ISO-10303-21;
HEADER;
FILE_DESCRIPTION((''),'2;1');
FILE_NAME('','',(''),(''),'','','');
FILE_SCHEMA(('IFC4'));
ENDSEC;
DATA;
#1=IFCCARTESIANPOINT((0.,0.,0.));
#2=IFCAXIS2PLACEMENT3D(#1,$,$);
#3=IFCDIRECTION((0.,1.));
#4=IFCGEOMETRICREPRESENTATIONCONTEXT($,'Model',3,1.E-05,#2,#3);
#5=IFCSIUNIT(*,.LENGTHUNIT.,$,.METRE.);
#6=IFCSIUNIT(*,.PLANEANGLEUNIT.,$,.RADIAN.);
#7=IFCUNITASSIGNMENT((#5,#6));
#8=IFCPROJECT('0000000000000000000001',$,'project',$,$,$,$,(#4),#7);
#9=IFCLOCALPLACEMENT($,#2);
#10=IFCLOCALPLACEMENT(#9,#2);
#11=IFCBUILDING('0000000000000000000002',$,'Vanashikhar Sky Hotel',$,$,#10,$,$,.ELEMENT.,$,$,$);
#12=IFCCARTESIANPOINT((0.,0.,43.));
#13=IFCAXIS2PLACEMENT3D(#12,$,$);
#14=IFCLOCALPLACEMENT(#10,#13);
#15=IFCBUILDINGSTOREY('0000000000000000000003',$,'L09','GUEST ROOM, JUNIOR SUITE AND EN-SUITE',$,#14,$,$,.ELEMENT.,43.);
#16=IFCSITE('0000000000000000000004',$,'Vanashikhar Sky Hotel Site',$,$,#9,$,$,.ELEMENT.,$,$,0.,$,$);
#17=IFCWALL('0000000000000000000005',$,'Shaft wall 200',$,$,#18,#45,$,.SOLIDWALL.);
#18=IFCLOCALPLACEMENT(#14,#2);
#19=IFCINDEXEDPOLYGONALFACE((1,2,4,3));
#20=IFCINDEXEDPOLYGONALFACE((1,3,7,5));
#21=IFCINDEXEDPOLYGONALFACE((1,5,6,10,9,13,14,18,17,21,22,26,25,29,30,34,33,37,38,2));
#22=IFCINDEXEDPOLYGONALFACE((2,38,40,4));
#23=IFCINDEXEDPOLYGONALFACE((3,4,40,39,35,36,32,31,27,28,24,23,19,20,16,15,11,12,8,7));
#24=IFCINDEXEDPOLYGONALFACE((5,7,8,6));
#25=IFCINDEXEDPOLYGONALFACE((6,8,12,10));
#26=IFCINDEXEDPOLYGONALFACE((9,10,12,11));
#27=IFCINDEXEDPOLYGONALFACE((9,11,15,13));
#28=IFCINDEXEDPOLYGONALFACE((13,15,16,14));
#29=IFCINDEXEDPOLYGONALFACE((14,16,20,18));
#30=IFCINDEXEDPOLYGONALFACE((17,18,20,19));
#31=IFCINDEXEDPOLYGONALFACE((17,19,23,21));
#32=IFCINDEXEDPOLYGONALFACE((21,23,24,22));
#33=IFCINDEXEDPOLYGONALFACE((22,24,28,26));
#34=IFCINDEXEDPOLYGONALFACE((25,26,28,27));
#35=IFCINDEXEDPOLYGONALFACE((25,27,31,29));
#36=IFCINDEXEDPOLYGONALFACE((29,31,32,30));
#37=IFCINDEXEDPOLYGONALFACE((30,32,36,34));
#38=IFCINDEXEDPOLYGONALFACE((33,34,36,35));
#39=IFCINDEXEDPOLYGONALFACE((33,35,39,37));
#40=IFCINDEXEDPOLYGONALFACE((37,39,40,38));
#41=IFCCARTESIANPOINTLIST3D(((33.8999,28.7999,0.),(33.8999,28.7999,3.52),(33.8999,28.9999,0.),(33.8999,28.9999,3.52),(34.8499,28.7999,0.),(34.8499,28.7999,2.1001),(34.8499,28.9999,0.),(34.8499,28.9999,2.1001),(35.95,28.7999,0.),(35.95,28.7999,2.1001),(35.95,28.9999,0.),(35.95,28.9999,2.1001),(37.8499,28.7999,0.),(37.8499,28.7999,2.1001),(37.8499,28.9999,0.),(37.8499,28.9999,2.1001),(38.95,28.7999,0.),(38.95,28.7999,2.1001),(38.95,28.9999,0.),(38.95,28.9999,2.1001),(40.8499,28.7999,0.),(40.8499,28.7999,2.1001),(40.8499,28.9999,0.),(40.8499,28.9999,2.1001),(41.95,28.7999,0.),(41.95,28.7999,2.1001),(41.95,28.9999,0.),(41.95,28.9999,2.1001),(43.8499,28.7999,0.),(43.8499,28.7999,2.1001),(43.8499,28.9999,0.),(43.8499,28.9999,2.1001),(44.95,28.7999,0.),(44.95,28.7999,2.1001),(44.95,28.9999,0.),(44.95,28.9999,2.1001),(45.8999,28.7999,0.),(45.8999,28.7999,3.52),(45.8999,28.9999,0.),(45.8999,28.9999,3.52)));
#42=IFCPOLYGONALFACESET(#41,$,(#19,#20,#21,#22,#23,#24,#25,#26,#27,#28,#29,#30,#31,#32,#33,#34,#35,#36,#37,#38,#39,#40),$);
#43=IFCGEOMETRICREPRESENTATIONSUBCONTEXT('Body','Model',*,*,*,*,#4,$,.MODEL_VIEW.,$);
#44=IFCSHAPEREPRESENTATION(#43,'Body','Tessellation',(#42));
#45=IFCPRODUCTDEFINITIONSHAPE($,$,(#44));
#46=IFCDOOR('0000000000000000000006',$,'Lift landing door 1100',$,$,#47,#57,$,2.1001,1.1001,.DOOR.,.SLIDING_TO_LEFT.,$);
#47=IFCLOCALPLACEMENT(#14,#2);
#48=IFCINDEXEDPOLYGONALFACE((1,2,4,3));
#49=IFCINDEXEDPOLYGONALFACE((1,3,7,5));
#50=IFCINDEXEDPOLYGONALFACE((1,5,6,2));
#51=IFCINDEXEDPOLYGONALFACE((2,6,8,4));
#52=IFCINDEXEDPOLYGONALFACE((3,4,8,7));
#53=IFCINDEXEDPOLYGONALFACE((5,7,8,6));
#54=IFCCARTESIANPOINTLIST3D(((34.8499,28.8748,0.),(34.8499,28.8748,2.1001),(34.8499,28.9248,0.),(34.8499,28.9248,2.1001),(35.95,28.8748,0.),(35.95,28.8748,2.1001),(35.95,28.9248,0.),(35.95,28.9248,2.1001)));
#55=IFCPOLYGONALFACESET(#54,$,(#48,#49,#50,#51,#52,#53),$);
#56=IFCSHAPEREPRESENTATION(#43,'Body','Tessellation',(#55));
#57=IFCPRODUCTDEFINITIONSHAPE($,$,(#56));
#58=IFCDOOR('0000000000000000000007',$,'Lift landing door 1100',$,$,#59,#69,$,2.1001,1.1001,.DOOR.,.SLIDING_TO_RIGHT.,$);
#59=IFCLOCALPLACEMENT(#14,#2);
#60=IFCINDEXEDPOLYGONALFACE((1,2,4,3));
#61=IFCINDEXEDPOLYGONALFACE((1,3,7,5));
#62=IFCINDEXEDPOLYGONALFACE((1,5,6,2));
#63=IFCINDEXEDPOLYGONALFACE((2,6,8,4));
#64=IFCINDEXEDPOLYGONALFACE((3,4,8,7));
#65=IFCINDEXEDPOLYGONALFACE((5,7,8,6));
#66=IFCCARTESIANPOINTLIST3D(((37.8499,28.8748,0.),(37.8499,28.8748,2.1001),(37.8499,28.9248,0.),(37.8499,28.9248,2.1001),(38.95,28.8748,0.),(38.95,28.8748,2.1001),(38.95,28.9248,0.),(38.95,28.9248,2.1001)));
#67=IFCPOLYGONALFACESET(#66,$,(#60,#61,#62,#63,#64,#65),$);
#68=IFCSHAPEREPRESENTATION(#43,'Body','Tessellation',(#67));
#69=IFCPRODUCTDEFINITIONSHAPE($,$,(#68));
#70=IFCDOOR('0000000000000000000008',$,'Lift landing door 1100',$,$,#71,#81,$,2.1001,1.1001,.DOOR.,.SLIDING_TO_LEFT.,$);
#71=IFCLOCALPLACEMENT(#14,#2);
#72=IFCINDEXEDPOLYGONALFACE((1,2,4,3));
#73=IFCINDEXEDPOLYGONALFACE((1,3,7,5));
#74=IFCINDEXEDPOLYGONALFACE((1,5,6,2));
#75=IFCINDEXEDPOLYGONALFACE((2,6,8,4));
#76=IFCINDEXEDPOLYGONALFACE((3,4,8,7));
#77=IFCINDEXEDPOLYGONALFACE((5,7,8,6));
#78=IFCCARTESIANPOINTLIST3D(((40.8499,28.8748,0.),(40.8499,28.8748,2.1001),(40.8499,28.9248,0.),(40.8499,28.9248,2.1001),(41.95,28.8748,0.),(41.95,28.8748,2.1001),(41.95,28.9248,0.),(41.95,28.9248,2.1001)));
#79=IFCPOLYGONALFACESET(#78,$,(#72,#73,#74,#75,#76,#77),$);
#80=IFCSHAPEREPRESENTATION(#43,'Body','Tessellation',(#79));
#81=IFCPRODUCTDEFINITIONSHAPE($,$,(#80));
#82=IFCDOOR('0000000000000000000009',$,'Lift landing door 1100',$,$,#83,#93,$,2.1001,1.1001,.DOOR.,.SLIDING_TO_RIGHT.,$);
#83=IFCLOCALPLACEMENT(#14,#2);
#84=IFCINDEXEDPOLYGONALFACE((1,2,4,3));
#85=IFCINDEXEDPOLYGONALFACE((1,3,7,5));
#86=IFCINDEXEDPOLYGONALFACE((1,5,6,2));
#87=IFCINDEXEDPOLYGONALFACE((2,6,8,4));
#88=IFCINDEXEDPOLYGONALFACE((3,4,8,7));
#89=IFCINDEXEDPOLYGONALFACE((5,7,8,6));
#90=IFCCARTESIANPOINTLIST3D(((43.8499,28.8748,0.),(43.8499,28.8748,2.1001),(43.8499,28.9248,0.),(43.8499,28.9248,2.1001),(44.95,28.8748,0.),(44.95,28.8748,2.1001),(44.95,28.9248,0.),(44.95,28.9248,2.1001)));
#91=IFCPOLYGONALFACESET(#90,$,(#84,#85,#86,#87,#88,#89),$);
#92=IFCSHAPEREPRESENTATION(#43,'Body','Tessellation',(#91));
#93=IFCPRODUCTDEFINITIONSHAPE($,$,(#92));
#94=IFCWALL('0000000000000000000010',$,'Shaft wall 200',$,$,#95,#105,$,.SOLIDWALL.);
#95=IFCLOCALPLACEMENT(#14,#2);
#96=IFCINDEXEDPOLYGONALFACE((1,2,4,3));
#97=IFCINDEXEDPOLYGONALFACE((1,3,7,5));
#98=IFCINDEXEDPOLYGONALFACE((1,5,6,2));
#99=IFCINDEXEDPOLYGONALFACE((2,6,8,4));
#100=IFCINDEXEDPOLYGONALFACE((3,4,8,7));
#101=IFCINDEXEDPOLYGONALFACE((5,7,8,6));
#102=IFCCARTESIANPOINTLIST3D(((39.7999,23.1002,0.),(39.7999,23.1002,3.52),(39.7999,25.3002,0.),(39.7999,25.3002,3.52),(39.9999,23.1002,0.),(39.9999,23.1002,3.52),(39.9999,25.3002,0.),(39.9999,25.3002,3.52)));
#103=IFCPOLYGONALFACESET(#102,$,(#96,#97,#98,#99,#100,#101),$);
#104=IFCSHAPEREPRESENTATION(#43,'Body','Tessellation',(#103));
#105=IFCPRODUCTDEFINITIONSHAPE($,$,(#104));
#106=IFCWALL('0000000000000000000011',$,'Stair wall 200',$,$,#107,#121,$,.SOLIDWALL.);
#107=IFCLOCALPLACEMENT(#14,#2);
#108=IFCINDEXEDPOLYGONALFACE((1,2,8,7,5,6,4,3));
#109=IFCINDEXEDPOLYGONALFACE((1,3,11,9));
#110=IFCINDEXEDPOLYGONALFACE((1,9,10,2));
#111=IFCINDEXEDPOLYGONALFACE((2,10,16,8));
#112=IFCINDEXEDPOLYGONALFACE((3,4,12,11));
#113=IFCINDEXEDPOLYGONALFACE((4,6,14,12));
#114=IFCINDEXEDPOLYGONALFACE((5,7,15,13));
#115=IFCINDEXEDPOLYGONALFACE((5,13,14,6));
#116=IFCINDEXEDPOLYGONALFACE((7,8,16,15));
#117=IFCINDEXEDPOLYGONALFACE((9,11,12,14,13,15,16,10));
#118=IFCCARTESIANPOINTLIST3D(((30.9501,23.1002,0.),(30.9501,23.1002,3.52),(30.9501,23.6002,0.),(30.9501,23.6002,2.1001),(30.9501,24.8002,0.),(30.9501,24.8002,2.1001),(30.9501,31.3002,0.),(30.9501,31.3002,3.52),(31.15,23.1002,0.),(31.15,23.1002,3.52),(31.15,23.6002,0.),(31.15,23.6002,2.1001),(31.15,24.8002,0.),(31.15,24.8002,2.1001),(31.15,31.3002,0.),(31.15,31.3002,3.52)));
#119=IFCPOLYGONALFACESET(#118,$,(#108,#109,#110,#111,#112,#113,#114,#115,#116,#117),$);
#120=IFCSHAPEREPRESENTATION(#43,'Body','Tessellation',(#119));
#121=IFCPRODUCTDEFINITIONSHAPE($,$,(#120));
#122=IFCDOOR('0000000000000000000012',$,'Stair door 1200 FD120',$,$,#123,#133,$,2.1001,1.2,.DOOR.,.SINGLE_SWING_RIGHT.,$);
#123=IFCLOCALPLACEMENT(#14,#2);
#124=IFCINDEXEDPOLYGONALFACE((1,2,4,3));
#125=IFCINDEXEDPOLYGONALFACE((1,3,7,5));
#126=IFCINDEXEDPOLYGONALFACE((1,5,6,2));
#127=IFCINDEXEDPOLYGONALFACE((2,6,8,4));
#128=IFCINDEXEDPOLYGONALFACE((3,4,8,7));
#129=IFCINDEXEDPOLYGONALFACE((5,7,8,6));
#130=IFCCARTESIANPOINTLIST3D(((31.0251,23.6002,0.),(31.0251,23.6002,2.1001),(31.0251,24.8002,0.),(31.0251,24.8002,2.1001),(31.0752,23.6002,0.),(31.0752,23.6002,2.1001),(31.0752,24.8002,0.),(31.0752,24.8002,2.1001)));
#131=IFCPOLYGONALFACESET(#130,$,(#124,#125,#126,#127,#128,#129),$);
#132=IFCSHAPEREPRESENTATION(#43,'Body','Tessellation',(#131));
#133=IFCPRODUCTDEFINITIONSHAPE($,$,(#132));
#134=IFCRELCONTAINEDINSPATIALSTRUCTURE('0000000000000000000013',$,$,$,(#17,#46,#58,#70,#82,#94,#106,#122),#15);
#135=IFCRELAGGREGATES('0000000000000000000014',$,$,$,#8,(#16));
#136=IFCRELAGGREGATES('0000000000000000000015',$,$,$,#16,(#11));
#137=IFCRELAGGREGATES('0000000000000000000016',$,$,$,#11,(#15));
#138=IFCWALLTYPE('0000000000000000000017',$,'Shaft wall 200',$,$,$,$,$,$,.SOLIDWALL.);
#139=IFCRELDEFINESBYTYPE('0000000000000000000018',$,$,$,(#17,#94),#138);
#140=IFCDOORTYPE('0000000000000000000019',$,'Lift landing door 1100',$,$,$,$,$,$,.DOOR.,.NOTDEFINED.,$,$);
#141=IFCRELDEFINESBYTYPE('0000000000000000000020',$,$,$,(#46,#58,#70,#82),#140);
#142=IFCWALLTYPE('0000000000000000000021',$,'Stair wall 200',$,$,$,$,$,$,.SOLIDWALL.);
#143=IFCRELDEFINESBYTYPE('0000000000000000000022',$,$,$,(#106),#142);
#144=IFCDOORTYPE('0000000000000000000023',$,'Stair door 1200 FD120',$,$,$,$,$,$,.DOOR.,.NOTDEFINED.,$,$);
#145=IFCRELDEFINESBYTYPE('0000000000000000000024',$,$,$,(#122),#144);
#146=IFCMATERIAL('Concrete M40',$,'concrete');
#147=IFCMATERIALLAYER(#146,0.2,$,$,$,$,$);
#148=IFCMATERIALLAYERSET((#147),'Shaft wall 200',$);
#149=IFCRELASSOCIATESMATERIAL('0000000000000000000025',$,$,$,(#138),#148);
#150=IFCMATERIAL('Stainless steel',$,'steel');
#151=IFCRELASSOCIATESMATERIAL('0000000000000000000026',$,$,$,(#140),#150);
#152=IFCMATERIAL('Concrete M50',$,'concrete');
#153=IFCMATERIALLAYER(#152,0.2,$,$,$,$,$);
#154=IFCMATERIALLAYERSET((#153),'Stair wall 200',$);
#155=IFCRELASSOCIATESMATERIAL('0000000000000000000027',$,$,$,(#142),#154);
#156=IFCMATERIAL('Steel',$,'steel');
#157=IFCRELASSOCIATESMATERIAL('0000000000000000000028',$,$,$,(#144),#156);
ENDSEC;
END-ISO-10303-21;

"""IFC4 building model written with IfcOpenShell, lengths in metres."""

from ifc_helpers import new_model, si_unit, direction, frame, frame_2d, origin, place, context, subcontext, project, spatial, rectangle, extrude, source, transform, mapped, material, layer, layer_set, type_object, element, fill, save


model = new_model("IFC4")

# Units and contexts
model_context = context("Model", 3, precision=1e-05, world=origin(), true_north=direction((0.0, 1.0)))
body_context = subcontext(model_context, "Body", "Model", "MODEL_VIEW")
ifc_project = project(units=[si_unit("LENGTHUNIT", "METRE"), si_unit("PLANEANGLEUNIT", "RADIAN")], contexts=[model_context])

# Site, building, storey
site_placement = place(None, origin())
site = spatial("IfcSite", under=ifc_project, at=site_placement, Name="Vanashikhar Sky Hotel Site", CompositionType="ELEMENT", RefElevation=0.0)
building_placement = place(site_placement, origin())
building = spatial("IfcBuilding", under=site, at=building_placement, Name="Vanashikhar Sky Hotel", CompositionType="ELEMENT")
storey_placement = place(building_placement, frame((0.0, 0.0, 43.0)))
storey = spatial("IfcBuildingStorey", under=building, at=storey_placement, Name="L09", Description="GUEST ROOM, JUNIOR SUITE AND EN-SUITE", CompositionType="ELEMENT", Elevation=43.0)

# Shared definitions
ifc_material_1 = material(Name="Concrete M50", Category="concrete")

# Shared definitions
ifc_material_2 = material(Name="Steel", Category="steel")
shared_shape_1 = source(origin(), body_context, "Body", "SweptSolid", [
    extrude(rectangle(XDim=1.1001, YDim=2.1001, at=frame_2d((0.55, 1.05))), frame((0.0, 0.0249, 0.0), z_axis=(0.0, -1.0, 0.0), x_axis=(1.0, 0.0, 0.0)), (0.0, 0.0, 1.0), 0.05),
])

# Wall, openings, doors
ifc_material_3 = material(Name="Concrete M40", Category="concrete")
ifc_layer_1 = layer(ifc_material_3, 0.2)
ifc_layer_set_1 = layer_set([ifc_layer_1], Name="Shaft wall 200")
wall_type_1 = type_object("IfcWallType", Name="Shaft wall 200", PredefinedType="SOLIDWALL", material=ifc_layer_set_1)
shared_shape_2 = source(origin(), body_context, "Body", "SweptSolid", [
    extrude(rectangle(XDim=1.1001, YDim=2.1001, at=frame_2d((0.55, 1.05))), frame((0.0, 0.1099, 0.0), z_axis=(0.0, -1.0, 0.0), x_axis=(1.0, 0.0, 0.0)), (0.0, 0.0, 1.0), 0.22),
])
ifc_material_4 = material(Name="Stainless steel", Category="steel")
door_type_1 = type_object("IfcDoorType", Name="Lift landing door 1100", OperationType="NOTDEFINED", PredefinedType="DOOR", material=ifc_material_4)
shared_shape_3 = source(origin(), body_context, "Body", "SweptSolid", [
    extrude(rectangle(XDim=12.0, YDim=0.2, at=frame_2d((6.0, 0.0))), origin(), (0.0, 0.0, 1.0), 3.52),
])
wall_1_placement = place(storey_placement, frame((33.8999, 28.8999, 0.0), z_axis=(0.0, 0.0, 1.0), x_axis=(1.0, 0.0, 0.0)))
wall_1 = element("IfcWall", 1, at=wall_1_placement, inside=storey, type_object=wall_type_1, Name="Shaft wall 200", PredefinedType="SOLIDWALL", context=body_context, shape_type="MappedRepresentation", body=[
    mapped(shared_shape_3, transform((0.0, 0.0, 0.0), scale=1.0)),
])
opening_1_placement = place(wall_1_placement, frame((0.95, 0.0, 0.0)))
opening_1 = element("IfcOpeningElement", 2, at=opening_1_placement, cuts=wall_1, PredefinedType="OPENING", context=body_context, shape_type="MappedRepresentation", body=[
    mapped(shared_shape_2, transform((0.0, 0.0, 0.0), scale=1.0)),
])
opening_2_placement = place(wall_1_placement, frame((3.95, 0.0, 0.0)))
opening_2 = element("IfcOpeningElement", 3, at=opening_2_placement, cuts=wall_1, PredefinedType="OPENING", context=body_context, shape_type="MappedRepresentation", body=[
    mapped(shared_shape_2, transform((0.0, 0.0, 0.0), scale=1.0)),
])
opening_3_placement = place(wall_1_placement, frame((6.95, 0.0, 0.0)))
opening_3 = element("IfcOpeningElement", 4, at=opening_3_placement, cuts=wall_1, PredefinedType="OPENING", context=body_context, shape_type="MappedRepresentation", body=[
    mapped(shared_shape_2, transform((0.0, 0.0, 0.0), scale=1.0)),
])
opening_4_placement = place(wall_1_placement, frame((9.95, 0.0, 0.0)))
opening_4 = element("IfcOpeningElement", 5, at=opening_4_placement, cuts=wall_1, PredefinedType="OPENING", context=body_context, shape_type="MappedRepresentation", body=[
    mapped(shared_shape_2, transform((0.0, 0.0, 0.0), scale=1.0)),
])
door_1_placement = place(opening_1_placement, origin())
door_1 = element("IfcDoor", 6, at=door_1_placement, inside=storey, type_object=door_type_1, Name="Lift landing door 1100", OperationType="SLIDING_TO_LEFT", OverallHeight=2.1001, OverallWidth=1.1001, PredefinedType="DOOR", context=body_context, shape_type="MappedRepresentation", body=[
    mapped(shared_shape_1, transform((0.0, 0.0, 0.0), scale=1.0)),
])
fill(opening_1, door_1)
door_2_placement = place(opening_2_placement, origin())
door_2 = element("IfcDoor", 7, at=door_2_placement, inside=storey, type_object=door_type_1, Name="Lift landing door 1100", OperationType="SLIDING_TO_RIGHT", OverallHeight=2.1001, OverallWidth=1.1001, PredefinedType="DOOR", context=body_context, shape_type="MappedRepresentation", body=[
    mapped(shared_shape_1, transform((0.0, 0.0, 0.0), scale=1.0)),
])
fill(opening_2, door_2)
door_3_placement = place(opening_3_placement, origin())
door_3 = element("IfcDoor", 8, at=door_3_placement, inside=storey, type_object=door_type_1, Name="Lift landing door 1100", OperationType="SLIDING_TO_LEFT", OverallHeight=2.1001, OverallWidth=1.1001, PredefinedType="DOOR", context=body_context, shape_type="MappedRepresentation", body=[
    mapped(shared_shape_1, transform((0.0, 0.0, 0.0), scale=1.0)),
])
fill(opening_3, door_3)
door_4_placement = place(opening_4_placement, origin())
door_4 = element("IfcDoor", 9, at=door_4_placement, inside=storey, type_object=door_type_1, Name="Lift landing door 1100", OperationType="SLIDING_TO_RIGHT", OverallHeight=2.1001, OverallWidth=1.1001, PredefinedType="DOOR", context=body_context, shape_type="MappedRepresentation", body=[
    mapped(shared_shape_1, transform((0.0, 0.0, 0.0), scale=1.0)),
])
fill(opening_4, door_4)

# Wall
shared_shape_4 = source(origin(), body_context, "Body", "SweptSolid", [
    extrude(rectangle(XDim=2.2, YDim=0.2, at=frame_2d((1.1001, 0.0))), origin(), (0.0, 0.0, 1.0), 3.52),
])
wall_2_placement = place(storey_placement, frame((39.8999, 23.1001, 0.0), z_axis=(0.0, 0.0, 1.0), x_axis=(0.0, 1.0, 0.0)))
element("IfcWall", 10, at=wall_2_placement, inside=storey, type_object=wall_type_1, Name="Shaft wall 200", PredefinedType="SOLIDWALL", context=body_context, shape_type="MappedRepresentation", body=[
    mapped(shared_shape_4, transform((0.0, 0.0, 0.0), scale=1.0)),
])

# Wall, opening, door
ifc_layer_2 = layer(ifc_material_1, 0.2)
ifc_layer_set_2 = layer_set([ifc_layer_2], Name="Stair wall 200")
wall_type_2 = type_object("IfcWallType", Name="Stair wall 200", PredefinedType="SOLIDWALL", material=ifc_layer_set_2)
shared_shape_5 = source(origin(), body_context, "Body", "SweptSolid", [
    extrude(rectangle(XDim=8.2, YDim=0.2, at=frame_2d((4.1001, 0.0))), origin(), (0.0, 0.0, 1.0), 3.52),
])
wall_3_placement = place(storey_placement, frame((31.05, 23.1001, 0.0), z_axis=(0.0, 0.0, 1.0), x_axis=(0.0, 1.0, 0.0)))
wall_3 = element("IfcWall", 11, at=wall_3_placement, inside=storey, type_object=wall_type_2, Name="Stair wall 200", PredefinedType="SOLIDWALL", context=body_context, shape_type="MappedRepresentation", body=[
    mapped(shared_shape_5, transform((0.0, 0.0, 0.0), scale=1.0)),
])
shared_shape_6 = source(origin(), body_context, "Body", "SweptSolid", [
    extrude(rectangle(XDim=1.2, YDim=2.1001, at=frame_2d((0.6001, 1.05))), frame((0.0, 0.1099, 0.0), z_axis=(0.0, -1.0, 0.0), x_axis=(1.0, 0.0, 0.0)), (0.0, 0.0, 1.0), 0.22),
])
opening_5_placement = place(wall_3_placement, frame((0.5, 0.0, 0.0)))
opening_5 = element("IfcOpeningElement", 12, at=opening_5_placement, cuts=wall_3, PredefinedType="OPENING", context=body_context, shape_type="MappedRepresentation", body=[
    mapped(shared_shape_6, transform((0.0, 0.0, 0.0), scale=1.0)),
])
door_type_2 = type_object("IfcDoorType", Name="Stair door 1200 FD120", OperationType="NOTDEFINED", PredefinedType="DOOR", material=ifc_material_2)
shared_shape_7 = source(origin(), body_context, "Body", "SweptSolid", [
    extrude(rectangle(XDim=1.2, YDim=2.1001, at=frame_2d((0.6001, 1.05))), frame((0.0, 0.0249, 0.0), z_axis=(0.0, -1.0, 0.0), x_axis=(1.0, 0.0, 0.0)), (0.0, 0.0, 1.0), 0.05),
])
door_5_placement = place(opening_5_placement, origin())
door_5 = element("IfcDoor", 13, at=door_5_placement, inside=storey, type_object=door_type_2, Name="Stair door 1200 FD120", OperationType="SINGLE_SWING_RIGHT", OverallHeight=2.1001, OverallWidth=1.2, PredefinedType="DOOR", context=body_context, shape_type="MappedRepresentation", body=[
    mapped(shared_shape_7, transform((0.0, 0.0, 0.0), scale=1.0)),
])
fill(opening_5, door_5)

save(model, "model.ifc")
